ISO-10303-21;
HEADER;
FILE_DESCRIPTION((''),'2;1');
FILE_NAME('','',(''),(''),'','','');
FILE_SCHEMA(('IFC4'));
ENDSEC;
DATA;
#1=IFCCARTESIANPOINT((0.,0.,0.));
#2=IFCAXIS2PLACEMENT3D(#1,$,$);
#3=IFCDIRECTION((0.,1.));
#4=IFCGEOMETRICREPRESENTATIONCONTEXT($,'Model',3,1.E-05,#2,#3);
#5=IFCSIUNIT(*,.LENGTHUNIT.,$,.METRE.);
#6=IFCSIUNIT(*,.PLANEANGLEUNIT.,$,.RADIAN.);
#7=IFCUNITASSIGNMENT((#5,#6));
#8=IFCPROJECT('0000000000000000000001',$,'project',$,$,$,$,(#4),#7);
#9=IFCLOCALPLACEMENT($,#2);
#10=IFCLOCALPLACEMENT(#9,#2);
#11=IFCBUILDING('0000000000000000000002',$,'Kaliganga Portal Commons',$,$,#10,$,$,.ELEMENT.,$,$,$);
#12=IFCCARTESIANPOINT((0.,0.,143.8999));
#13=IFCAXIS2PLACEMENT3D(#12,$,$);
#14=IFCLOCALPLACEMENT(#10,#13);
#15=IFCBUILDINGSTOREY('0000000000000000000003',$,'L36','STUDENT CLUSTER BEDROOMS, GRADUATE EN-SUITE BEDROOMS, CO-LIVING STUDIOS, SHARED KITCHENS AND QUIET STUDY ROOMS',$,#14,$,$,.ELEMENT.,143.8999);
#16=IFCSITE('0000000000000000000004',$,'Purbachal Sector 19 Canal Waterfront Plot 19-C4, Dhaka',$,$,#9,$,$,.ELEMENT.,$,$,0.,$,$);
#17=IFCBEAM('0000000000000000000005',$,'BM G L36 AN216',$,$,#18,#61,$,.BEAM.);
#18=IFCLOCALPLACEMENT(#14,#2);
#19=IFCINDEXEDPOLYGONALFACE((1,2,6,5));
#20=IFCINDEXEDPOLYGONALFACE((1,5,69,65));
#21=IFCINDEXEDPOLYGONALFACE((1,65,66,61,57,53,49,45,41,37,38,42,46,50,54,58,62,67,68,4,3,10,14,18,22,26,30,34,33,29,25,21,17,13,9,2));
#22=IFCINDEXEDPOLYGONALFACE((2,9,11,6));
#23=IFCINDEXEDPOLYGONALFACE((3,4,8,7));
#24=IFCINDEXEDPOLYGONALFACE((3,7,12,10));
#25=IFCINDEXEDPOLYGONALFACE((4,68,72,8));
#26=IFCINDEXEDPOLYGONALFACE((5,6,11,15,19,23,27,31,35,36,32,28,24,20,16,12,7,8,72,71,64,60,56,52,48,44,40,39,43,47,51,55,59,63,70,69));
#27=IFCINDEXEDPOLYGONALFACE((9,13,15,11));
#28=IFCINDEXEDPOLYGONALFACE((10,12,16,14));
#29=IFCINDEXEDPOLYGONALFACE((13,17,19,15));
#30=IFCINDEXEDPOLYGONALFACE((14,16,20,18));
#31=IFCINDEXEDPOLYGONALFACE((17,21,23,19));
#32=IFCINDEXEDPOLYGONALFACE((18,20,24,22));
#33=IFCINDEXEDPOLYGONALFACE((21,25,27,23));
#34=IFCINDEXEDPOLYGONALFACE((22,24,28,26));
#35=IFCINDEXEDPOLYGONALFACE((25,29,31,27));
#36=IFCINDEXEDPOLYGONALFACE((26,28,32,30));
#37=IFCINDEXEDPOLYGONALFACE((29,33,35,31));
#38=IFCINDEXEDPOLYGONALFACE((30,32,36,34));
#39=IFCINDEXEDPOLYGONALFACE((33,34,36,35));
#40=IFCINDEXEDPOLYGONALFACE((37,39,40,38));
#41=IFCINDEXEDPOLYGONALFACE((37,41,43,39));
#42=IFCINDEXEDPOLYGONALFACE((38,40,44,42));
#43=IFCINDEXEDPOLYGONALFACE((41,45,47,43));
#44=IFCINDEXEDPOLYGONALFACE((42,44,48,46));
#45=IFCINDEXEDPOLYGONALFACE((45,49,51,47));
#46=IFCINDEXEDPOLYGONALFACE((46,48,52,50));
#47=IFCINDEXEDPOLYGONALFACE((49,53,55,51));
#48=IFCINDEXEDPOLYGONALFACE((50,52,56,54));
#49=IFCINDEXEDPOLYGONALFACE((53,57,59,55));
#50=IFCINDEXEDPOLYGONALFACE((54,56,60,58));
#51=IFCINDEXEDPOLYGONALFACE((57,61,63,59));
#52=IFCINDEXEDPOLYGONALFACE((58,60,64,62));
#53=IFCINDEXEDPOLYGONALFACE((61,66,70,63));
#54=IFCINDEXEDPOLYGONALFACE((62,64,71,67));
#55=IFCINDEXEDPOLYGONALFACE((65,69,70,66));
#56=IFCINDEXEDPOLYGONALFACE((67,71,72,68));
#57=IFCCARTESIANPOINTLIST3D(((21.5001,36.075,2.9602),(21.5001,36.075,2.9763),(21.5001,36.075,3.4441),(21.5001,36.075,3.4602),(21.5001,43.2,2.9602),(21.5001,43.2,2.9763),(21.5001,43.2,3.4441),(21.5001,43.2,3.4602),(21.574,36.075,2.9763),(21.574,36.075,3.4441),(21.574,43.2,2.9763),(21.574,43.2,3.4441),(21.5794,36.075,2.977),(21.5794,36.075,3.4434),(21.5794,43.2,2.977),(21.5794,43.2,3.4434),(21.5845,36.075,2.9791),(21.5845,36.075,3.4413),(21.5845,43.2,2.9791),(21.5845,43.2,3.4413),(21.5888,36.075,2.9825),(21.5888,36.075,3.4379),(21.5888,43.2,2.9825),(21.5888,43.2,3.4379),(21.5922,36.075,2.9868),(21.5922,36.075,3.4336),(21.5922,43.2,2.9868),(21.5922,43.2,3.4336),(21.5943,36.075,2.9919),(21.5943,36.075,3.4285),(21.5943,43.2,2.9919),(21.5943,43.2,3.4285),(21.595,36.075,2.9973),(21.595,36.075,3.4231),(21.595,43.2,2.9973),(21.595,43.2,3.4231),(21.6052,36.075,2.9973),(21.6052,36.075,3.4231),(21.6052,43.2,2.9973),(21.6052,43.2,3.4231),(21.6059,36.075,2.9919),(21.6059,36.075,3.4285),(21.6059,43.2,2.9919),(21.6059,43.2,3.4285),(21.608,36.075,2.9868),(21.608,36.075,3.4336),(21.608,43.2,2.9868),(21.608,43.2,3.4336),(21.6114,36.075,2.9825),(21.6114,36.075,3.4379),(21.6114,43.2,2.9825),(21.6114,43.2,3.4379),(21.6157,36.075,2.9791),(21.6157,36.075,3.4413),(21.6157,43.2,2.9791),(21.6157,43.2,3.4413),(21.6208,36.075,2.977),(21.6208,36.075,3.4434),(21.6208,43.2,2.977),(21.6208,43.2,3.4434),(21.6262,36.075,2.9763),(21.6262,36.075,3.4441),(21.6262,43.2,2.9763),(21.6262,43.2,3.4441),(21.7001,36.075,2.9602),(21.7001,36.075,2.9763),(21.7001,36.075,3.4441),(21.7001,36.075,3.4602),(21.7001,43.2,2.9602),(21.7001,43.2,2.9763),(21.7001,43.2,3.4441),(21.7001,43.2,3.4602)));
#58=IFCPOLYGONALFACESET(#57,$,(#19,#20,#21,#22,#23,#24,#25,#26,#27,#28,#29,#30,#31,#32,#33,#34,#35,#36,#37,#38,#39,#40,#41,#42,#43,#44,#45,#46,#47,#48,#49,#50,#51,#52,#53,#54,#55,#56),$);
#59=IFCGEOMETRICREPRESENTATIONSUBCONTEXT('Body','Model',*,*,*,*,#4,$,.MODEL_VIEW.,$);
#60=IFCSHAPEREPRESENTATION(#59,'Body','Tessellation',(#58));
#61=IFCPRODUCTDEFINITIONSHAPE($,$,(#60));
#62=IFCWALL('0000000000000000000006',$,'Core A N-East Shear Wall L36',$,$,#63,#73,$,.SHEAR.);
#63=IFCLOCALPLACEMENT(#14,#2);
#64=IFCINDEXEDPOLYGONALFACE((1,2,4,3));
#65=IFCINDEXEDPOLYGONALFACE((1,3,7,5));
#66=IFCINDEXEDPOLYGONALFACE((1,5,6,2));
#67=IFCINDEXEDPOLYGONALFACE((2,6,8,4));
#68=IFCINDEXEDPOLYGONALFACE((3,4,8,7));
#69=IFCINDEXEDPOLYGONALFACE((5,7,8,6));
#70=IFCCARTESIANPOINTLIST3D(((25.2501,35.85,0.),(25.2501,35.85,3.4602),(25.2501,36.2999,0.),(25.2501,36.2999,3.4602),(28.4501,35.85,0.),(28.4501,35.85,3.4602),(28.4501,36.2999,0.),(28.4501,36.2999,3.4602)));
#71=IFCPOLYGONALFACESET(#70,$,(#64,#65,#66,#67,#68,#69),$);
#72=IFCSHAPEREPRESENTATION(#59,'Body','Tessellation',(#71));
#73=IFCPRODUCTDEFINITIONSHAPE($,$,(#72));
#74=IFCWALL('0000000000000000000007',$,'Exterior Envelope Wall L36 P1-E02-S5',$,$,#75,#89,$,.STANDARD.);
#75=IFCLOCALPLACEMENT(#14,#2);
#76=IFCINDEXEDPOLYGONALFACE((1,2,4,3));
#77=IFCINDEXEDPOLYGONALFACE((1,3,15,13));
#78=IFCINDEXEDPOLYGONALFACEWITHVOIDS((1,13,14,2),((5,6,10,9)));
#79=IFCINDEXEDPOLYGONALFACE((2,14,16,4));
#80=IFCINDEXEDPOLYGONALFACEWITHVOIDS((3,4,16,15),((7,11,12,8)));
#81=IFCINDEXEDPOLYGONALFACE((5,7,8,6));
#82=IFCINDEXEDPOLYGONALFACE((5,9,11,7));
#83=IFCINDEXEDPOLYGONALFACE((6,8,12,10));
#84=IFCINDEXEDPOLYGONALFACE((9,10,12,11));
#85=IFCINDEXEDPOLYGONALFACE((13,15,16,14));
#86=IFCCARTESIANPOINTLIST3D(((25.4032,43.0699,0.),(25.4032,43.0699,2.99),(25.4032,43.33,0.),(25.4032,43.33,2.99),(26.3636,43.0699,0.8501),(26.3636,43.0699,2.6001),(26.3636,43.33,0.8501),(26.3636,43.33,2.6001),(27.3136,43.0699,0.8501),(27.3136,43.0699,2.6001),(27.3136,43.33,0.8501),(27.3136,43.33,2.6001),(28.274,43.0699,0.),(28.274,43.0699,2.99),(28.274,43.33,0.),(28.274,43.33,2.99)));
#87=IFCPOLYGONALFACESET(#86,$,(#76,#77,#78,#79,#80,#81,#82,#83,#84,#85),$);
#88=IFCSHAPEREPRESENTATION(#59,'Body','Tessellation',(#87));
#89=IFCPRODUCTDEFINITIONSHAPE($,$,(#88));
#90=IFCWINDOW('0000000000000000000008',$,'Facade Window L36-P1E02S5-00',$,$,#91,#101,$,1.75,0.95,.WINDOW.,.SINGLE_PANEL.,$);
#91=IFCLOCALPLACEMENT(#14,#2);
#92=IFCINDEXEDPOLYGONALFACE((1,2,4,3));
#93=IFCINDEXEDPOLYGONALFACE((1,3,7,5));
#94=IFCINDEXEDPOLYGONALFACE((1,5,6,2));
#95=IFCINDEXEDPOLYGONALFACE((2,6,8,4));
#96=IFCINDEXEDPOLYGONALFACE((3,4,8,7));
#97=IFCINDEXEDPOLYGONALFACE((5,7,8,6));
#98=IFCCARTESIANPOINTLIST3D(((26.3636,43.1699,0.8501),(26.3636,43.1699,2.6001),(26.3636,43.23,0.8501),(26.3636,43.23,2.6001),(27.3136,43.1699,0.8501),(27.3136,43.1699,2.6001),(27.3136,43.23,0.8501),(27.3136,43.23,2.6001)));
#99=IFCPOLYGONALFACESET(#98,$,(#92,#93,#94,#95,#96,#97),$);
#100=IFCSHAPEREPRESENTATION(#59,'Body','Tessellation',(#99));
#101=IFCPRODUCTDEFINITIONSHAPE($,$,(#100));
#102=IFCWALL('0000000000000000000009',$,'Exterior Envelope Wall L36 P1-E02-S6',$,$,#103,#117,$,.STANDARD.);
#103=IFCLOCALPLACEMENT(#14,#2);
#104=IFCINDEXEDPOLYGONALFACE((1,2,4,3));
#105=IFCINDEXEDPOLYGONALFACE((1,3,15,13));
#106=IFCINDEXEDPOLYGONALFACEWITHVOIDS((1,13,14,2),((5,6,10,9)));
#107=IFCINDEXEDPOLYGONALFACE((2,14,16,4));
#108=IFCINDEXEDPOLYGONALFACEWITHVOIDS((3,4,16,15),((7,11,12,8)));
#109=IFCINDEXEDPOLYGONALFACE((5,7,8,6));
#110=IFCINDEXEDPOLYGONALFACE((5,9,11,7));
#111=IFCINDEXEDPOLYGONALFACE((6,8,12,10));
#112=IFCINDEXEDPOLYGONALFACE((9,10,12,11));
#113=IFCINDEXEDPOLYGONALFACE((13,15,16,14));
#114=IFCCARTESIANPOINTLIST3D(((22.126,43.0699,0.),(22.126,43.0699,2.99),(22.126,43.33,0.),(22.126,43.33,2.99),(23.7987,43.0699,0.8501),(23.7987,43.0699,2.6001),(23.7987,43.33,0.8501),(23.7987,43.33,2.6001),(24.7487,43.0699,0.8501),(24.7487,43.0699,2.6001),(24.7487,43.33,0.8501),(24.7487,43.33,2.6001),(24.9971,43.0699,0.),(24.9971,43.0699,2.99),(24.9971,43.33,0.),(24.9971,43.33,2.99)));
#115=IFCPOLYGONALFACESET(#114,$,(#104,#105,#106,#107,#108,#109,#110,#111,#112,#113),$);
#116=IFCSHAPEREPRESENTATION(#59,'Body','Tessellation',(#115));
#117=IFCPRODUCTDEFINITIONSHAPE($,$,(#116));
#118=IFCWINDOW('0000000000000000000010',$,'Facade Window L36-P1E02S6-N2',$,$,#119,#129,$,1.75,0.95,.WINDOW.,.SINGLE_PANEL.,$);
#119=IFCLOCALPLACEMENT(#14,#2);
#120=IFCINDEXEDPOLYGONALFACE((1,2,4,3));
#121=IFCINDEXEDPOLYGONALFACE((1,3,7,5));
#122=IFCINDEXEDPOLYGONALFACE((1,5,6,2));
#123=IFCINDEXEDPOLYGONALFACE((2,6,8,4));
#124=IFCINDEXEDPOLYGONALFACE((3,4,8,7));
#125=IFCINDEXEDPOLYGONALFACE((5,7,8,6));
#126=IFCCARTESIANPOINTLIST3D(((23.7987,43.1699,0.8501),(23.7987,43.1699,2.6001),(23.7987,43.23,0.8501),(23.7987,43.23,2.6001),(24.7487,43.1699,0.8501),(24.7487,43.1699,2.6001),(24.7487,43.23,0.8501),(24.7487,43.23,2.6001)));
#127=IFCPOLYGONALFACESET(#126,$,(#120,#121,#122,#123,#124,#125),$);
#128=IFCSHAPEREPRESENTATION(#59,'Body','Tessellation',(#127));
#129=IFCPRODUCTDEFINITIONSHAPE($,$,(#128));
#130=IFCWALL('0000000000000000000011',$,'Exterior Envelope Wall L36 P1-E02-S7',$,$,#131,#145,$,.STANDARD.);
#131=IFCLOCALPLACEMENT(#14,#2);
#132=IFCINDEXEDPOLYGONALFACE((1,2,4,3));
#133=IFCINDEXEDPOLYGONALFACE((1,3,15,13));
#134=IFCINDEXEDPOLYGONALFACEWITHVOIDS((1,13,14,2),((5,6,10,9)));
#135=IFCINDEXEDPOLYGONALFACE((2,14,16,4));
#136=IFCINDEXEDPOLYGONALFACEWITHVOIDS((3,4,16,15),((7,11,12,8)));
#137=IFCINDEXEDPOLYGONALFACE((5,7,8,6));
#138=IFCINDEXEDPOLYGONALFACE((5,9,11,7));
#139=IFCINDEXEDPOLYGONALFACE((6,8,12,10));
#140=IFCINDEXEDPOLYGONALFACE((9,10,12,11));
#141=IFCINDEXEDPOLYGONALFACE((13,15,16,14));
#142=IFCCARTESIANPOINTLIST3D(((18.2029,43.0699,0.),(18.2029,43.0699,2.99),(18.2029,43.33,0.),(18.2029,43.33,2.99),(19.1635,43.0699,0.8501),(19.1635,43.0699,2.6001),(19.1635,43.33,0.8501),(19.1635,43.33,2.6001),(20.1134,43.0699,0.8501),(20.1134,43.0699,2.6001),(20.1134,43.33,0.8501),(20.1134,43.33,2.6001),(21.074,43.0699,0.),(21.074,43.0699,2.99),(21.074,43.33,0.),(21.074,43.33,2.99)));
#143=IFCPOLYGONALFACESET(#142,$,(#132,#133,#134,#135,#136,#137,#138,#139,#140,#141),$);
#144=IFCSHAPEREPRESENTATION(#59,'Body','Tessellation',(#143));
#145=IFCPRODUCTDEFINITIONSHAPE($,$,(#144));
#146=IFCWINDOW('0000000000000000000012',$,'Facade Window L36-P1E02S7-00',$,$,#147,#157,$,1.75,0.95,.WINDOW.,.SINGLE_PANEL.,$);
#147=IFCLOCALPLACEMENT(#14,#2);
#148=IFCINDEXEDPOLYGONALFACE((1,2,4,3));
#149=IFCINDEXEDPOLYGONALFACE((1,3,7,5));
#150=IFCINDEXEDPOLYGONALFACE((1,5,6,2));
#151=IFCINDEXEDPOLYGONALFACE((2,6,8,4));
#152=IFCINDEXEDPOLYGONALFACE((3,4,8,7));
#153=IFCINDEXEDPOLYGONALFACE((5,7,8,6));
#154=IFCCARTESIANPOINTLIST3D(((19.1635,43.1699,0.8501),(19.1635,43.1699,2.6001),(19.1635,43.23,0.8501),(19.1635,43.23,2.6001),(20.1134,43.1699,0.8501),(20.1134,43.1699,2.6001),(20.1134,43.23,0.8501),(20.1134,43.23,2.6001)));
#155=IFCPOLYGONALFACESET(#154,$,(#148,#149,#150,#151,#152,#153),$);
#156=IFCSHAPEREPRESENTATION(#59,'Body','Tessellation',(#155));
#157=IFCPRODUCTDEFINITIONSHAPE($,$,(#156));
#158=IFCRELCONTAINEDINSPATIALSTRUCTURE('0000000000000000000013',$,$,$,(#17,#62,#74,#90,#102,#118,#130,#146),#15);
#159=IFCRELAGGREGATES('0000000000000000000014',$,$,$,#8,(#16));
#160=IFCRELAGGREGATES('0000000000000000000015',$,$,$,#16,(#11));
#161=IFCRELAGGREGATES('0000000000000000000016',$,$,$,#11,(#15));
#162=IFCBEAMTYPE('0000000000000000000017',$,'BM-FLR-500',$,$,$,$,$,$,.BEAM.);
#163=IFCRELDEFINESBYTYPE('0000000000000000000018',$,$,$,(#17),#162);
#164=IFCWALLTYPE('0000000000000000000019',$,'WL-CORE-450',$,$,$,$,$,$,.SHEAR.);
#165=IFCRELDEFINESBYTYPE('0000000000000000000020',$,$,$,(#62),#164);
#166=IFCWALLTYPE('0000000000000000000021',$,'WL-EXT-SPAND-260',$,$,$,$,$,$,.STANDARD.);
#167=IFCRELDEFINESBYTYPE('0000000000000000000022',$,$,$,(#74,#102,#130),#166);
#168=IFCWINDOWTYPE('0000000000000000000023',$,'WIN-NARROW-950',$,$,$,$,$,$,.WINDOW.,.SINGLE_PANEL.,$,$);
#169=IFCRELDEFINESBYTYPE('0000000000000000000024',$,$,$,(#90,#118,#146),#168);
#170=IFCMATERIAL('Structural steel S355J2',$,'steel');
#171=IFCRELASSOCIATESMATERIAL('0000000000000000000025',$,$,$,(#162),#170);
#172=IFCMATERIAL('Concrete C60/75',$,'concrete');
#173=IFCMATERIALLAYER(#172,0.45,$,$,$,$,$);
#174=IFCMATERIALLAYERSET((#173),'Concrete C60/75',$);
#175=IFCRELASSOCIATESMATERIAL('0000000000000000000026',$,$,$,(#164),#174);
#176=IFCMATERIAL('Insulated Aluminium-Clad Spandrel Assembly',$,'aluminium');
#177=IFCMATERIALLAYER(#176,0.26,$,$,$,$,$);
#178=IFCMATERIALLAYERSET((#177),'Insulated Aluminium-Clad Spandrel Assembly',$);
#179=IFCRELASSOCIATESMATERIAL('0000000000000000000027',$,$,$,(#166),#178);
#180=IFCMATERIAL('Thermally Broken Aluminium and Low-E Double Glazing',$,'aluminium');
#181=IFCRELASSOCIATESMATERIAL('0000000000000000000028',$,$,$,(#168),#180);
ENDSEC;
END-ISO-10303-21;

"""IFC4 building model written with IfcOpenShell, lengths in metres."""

from ifc_helpers import new_model, si_unit, direction, frame, frame_2d, origin, origin_2d, place, context, subcontext, project, spatial, rectangle, i_section, extrude, source, transform, mapped, material, layer, layer_set, material_profile, profile_set, type_object, element, fill, save


model = new_model("IFC4")

# Units and contexts
model_context = context("Model", 3, precision=1e-05, world=origin(), true_north=direction((0.0, 1.0)))
body_context = subcontext(model_context, "Body", "Model", "MODEL_VIEW")
ifc_project = project(units=[si_unit("LENGTHUNIT", "METRE"), si_unit("PLANEANGLEUNIT", "RADIAN")], contexts=[model_context])

# Site, building, storey
site_placement = place(None, origin())
site = spatial("IfcSite", under=ifc_project, at=site_placement, Name="Purbachal Sector 19 Canal Waterfront Plot 19-C4, Dhaka", CompositionType="ELEMENT", RefElevation=0.0)
building_placement = place(site_placement, origin())
building = spatial("IfcBuilding", under=site, at=building_placement, Name="Kaliganga Portal Commons", CompositionType="ELEMENT")
storey_placement = place(building_placement, frame((0.0, 0.0, 143.8999)))
storey = spatial("IfcBuildingStorey", under=building, at=storey_placement, Name="L36", Description="STUDENT CLUSTER BEDROOMS, GRADUATE EN-SUITE BEDROOMS, CO-LIVING STUDIOS, SHARED KITCHENS AND QUIET STUDY ROOMS", CompositionType="ELEMENT", Elevation=143.8999)

# Shared definitions
ifc_material_1 = material(Name="Concrete C60/75", Category="concrete")

# Beam
ifc_material_2 = material(Name="Structural steel S355J2", Category="steel")
ifc_material_profile_1 = material_profile(ifc_material_2, i_section(OverallWidth=0.2, OverallDepth=0.5, WebThickness=0.0103, FlangeThickness=0.0161, FilletRadius=0.021, at=origin_2d()), Name="IPE 500")
ifc_profile_set_1 = profile_set([ifc_material_profile_1], Name="Structural steel S355J2 wide-flange")
beam_type_1 = type_object("IfcBeamType", Name="BM-FLR-500", PredefinedType="BEAM", material=ifc_profile_set_1)
shared_shape_1 = source(origin(), body_context, "Body", "SweptSolid", [
    extrude(i_section(OverallWidth=0.2, OverallDepth=0.5, WebThickness=0.0103, FlangeThickness=0.0161, FilletRadius=0.021, at=origin_2d()), origin(), (0.0, 0.0, 1.0), 7.125),
])
beam_1_placement = place(storey_placement, frame((21.6001, 36.075, 3.2102), z_axis=(0.0, 1.0, 0.0), x_axis=(-1.0, 0.0, 0.0)))
element("IfcBeam", 1, at=beam_1_placement, inside=storey, type_object=beam_type_1, Name="BM G L36 AN216", PredefinedType="BEAM", context=body_context, shape_type="MappedRepresentation", body=[
    mapped(shared_shape_1, transform((0.0, 0.0, 0.0), x_axis=(1.0, 0.0, 0.0), y_axis=(0.0, 1.0, 0.0), z_axis=(0.0, 0.0, 1.0), scale=1.0)),
])

# Wall
ifc_layer_1 = layer(ifc_material_1, 0.45)
ifc_layer_set_1 = layer_set([ifc_layer_1], Name="Concrete C60/75")
wall_type_1 = type_object("IfcWallType", Name="WL-CORE-450", PredefinedType="SHEAR", material=ifc_layer_set_1)
wall_1_placement = place(storey_placement, frame((25.25, 36.075, 0.0), z_axis=(0.0, 0.0, 1.0), x_axis=(1.0, 0.0, 0.0)))
element("IfcWall", 2, at=wall_1_placement, inside=storey, type_object=wall_type_1, Name="Core A N-East Shear Wall L36", PredefinedType="SHEAR", context=body_context, shape_type="SweptSolid", body=[
    extrude(rectangle(XDim=3.2, YDim=0.45, at=frame_2d((1.6001, 0.0))), origin(), (0.0, 0.0, 1.0), 3.4602),
])

# Walls, openings, windows
ifc_material_3 = material(Name="Insulated Aluminium-Clad Spandrel Assembly", Category="aluminium")
ifc_layer_2 = layer(ifc_material_3, 0.26)
ifc_layer_set_2 = layer_set([ifc_layer_2], Name="Insulated Aluminium-Clad Spandrel Assembly")
wall_type_2 = type_object("IfcWallType", Name="WL-EXT-SPAND-260", PredefinedType="STANDARD", material=ifc_layer_set_2)
wall_2_placement = place(storey_placement, frame((25.4031, 43.2, 0.0), z_axis=(0.0, 0.0, 1.0), x_axis=(1.0, 0.0, 0.0)))
wall_2 = element("IfcWall", 3, at=wall_2_placement, inside=storey, type_object=wall_type_2, Name="Exterior Envelope Wall L36 P1-E02-S5", PredefinedType="STANDARD", context=body_context, shape_type="SweptSolid", body=[
    extrude(rectangle(XDim=2.8708, YDim=0.26, at=frame_2d((1.4355, 0.0))), origin(), (0.0, 0.0, 1.0), 2.99),
])
opening_1_placement = place(wall_2_placement, frame((0.9604, 0.0, 0.8501)))
opening_1 = element("IfcOpeningElement", 4, at=opening_1_placement, cuts=wall_2, PredefinedType="OPENING", context=body_context, shape_type="SweptSolid", body=[
    extrude(rectangle(XDim=0.95, YDim=1.75, at=frame_2d((0.4751, 0.875))), frame((0.0, 0.1401, 0.0), z_axis=(0.0, -1.0, 0.0), x_axis=(1.0, 0.0, 0.0)), (0.0, 0.0, 1.0), 0.28),
])
ifc_material_4 = material(Name="Thermally Broken Aluminium and Low-E Double Glazing", Category="aluminium")
window_type = type_object("IfcWindowType", Name="WIN-NARROW-950", PartitioningType="SINGLE_PANEL", PredefinedType="WINDOW", material=ifc_material_4)
window_1_placement = place(opening_1_placement, origin())
window_1 = element("IfcWindow", 5, at=window_1_placement, inside=storey, type_object=window_type, Name="Facade Window L36-P1E02S5-00", OverallHeight=1.75, OverallWidth=0.95, PartitioningType="SINGLE_PANEL", PredefinedType="WINDOW", context=body_context, shape_type="SweptSolid", body=[
    extrude(rectangle(XDim=0.95, YDim=1.75, at=frame_2d((0.4751, 0.875))), frame((0.0, 0.03, 0.0), z_axis=(0.0, -1.0, 0.0), x_axis=(1.0, 0.0, 0.0)), (0.0, 0.0, 1.0), 0.0601),
])
fill(opening_1, window_1)
wall_3_placement = place(storey_placement, frame((22.126, 43.2, 0.0), z_axis=(0.0, 0.0, 1.0), x_axis=(1.0, 0.0, 0.0)))
wall_3 = element("IfcWall", 6, at=wall_3_placement, inside=storey, type_object=wall_type_2, Name="Exterior Envelope Wall L36 P1-E02-S6", PredefinedType="STANDARD", context=body_context, shape_type="SweptSolid", body=[
    extrude(rectangle(XDim=2.8711, YDim=0.26, at=frame_2d((1.4355, 0.0))), origin(), (0.0, 0.0, 1.0), 2.99),
])
opening_2_placement = place(wall_3_placement, frame((1.6726, 0.0, 0.8501)))
opening_2 = element("IfcOpeningElement", 7, at=opening_2_placement, cuts=wall_3, PredefinedType="OPENING", context=body_context, shape_type="SweptSolid", body=[
    extrude(rectangle(XDim=0.95, YDim=1.75, at=frame_2d((0.4751, 0.875))), frame((0.0, 0.1401, 0.0), z_axis=(0.0, -1.0, 0.0), x_axis=(1.0, 0.0, 0.0)), (0.0, 0.0, 1.0), 0.28),
])
window_2_placement = place(opening_2_placement, origin())
window_2 = element("IfcWindow", 8, at=window_2_placement, inside=storey, type_object=window_type, Name="Facade Window L36-P1E02S6-N2", OverallHeight=1.75, OverallWidth=0.95, PartitioningType="SINGLE_PANEL", PredefinedType="WINDOW", context=body_context, shape_type="SweptSolid", body=[
    extrude(rectangle(XDim=0.95, YDim=1.75, at=frame_2d((0.4751, 0.875))), frame((0.0, 0.03, 0.0), z_axis=(0.0, -1.0, 0.0), x_axis=(1.0, 0.0, 0.0)), (0.0, 0.0, 1.0), 0.0601),
])
fill(opening_2, window_2)
wall_4_placement = place(storey_placement, frame((18.2029, 43.2, 0.0), z_axis=(0.0, 0.0, 1.0), x_axis=(1.0, 0.0, 0.0)))
wall_4 = element("IfcWall", 9, at=wall_4_placement, inside=storey, type_object=wall_type_2, Name="Exterior Envelope Wall L36 P1-E02-S7", PredefinedType="STANDARD", context=body_context, shape_type="SweptSolid", body=[
    extrude(rectangle(XDim=2.8711, YDim=0.26, at=frame_2d((1.4355, 0.0))), origin(), (0.0, 0.0, 1.0), 2.99),
])
opening_3_placement = place(wall_4_placement, frame((0.9604, 0.0, 0.8501)))
opening_3 = element("IfcOpeningElement", 10, at=opening_3_placement, cuts=wall_4, PredefinedType="OPENING", context=body_context, shape_type="SweptSolid", body=[
    extrude(rectangle(XDim=0.95, YDim=1.75, at=frame_2d((0.4751, 0.875))), frame((0.0, 0.1401, 0.0), z_axis=(0.0, -1.0, 0.0), x_axis=(1.0, 0.0, 0.0)), (0.0, 0.0, 1.0), 0.28),
])
window_3_placement = place(opening_3_placement, origin())
window_3 = element("IfcWindow", 11, at=window_3_placement, inside=storey, type_object=window_type, Name="Facade Window L36-P1E02S7-00", OverallHeight=1.75, OverallWidth=0.95, PartitioningType="SINGLE_PANEL", PredefinedType="WINDOW", context=body_context, shape_type="SweptSolid", body=[
    extrude(rectangle(XDim=0.95, YDim=1.75, at=frame_2d((0.4751, 0.875))), frame((0.0, 0.03, 0.0), z_axis=(0.0, -1.0, 0.0), x_axis=(1.0, 0.0, 0.0)), (0.0, 0.0, 1.0), 0.0601),
])
fill(opening_3, window_3)

save(model, "model.ifc")
